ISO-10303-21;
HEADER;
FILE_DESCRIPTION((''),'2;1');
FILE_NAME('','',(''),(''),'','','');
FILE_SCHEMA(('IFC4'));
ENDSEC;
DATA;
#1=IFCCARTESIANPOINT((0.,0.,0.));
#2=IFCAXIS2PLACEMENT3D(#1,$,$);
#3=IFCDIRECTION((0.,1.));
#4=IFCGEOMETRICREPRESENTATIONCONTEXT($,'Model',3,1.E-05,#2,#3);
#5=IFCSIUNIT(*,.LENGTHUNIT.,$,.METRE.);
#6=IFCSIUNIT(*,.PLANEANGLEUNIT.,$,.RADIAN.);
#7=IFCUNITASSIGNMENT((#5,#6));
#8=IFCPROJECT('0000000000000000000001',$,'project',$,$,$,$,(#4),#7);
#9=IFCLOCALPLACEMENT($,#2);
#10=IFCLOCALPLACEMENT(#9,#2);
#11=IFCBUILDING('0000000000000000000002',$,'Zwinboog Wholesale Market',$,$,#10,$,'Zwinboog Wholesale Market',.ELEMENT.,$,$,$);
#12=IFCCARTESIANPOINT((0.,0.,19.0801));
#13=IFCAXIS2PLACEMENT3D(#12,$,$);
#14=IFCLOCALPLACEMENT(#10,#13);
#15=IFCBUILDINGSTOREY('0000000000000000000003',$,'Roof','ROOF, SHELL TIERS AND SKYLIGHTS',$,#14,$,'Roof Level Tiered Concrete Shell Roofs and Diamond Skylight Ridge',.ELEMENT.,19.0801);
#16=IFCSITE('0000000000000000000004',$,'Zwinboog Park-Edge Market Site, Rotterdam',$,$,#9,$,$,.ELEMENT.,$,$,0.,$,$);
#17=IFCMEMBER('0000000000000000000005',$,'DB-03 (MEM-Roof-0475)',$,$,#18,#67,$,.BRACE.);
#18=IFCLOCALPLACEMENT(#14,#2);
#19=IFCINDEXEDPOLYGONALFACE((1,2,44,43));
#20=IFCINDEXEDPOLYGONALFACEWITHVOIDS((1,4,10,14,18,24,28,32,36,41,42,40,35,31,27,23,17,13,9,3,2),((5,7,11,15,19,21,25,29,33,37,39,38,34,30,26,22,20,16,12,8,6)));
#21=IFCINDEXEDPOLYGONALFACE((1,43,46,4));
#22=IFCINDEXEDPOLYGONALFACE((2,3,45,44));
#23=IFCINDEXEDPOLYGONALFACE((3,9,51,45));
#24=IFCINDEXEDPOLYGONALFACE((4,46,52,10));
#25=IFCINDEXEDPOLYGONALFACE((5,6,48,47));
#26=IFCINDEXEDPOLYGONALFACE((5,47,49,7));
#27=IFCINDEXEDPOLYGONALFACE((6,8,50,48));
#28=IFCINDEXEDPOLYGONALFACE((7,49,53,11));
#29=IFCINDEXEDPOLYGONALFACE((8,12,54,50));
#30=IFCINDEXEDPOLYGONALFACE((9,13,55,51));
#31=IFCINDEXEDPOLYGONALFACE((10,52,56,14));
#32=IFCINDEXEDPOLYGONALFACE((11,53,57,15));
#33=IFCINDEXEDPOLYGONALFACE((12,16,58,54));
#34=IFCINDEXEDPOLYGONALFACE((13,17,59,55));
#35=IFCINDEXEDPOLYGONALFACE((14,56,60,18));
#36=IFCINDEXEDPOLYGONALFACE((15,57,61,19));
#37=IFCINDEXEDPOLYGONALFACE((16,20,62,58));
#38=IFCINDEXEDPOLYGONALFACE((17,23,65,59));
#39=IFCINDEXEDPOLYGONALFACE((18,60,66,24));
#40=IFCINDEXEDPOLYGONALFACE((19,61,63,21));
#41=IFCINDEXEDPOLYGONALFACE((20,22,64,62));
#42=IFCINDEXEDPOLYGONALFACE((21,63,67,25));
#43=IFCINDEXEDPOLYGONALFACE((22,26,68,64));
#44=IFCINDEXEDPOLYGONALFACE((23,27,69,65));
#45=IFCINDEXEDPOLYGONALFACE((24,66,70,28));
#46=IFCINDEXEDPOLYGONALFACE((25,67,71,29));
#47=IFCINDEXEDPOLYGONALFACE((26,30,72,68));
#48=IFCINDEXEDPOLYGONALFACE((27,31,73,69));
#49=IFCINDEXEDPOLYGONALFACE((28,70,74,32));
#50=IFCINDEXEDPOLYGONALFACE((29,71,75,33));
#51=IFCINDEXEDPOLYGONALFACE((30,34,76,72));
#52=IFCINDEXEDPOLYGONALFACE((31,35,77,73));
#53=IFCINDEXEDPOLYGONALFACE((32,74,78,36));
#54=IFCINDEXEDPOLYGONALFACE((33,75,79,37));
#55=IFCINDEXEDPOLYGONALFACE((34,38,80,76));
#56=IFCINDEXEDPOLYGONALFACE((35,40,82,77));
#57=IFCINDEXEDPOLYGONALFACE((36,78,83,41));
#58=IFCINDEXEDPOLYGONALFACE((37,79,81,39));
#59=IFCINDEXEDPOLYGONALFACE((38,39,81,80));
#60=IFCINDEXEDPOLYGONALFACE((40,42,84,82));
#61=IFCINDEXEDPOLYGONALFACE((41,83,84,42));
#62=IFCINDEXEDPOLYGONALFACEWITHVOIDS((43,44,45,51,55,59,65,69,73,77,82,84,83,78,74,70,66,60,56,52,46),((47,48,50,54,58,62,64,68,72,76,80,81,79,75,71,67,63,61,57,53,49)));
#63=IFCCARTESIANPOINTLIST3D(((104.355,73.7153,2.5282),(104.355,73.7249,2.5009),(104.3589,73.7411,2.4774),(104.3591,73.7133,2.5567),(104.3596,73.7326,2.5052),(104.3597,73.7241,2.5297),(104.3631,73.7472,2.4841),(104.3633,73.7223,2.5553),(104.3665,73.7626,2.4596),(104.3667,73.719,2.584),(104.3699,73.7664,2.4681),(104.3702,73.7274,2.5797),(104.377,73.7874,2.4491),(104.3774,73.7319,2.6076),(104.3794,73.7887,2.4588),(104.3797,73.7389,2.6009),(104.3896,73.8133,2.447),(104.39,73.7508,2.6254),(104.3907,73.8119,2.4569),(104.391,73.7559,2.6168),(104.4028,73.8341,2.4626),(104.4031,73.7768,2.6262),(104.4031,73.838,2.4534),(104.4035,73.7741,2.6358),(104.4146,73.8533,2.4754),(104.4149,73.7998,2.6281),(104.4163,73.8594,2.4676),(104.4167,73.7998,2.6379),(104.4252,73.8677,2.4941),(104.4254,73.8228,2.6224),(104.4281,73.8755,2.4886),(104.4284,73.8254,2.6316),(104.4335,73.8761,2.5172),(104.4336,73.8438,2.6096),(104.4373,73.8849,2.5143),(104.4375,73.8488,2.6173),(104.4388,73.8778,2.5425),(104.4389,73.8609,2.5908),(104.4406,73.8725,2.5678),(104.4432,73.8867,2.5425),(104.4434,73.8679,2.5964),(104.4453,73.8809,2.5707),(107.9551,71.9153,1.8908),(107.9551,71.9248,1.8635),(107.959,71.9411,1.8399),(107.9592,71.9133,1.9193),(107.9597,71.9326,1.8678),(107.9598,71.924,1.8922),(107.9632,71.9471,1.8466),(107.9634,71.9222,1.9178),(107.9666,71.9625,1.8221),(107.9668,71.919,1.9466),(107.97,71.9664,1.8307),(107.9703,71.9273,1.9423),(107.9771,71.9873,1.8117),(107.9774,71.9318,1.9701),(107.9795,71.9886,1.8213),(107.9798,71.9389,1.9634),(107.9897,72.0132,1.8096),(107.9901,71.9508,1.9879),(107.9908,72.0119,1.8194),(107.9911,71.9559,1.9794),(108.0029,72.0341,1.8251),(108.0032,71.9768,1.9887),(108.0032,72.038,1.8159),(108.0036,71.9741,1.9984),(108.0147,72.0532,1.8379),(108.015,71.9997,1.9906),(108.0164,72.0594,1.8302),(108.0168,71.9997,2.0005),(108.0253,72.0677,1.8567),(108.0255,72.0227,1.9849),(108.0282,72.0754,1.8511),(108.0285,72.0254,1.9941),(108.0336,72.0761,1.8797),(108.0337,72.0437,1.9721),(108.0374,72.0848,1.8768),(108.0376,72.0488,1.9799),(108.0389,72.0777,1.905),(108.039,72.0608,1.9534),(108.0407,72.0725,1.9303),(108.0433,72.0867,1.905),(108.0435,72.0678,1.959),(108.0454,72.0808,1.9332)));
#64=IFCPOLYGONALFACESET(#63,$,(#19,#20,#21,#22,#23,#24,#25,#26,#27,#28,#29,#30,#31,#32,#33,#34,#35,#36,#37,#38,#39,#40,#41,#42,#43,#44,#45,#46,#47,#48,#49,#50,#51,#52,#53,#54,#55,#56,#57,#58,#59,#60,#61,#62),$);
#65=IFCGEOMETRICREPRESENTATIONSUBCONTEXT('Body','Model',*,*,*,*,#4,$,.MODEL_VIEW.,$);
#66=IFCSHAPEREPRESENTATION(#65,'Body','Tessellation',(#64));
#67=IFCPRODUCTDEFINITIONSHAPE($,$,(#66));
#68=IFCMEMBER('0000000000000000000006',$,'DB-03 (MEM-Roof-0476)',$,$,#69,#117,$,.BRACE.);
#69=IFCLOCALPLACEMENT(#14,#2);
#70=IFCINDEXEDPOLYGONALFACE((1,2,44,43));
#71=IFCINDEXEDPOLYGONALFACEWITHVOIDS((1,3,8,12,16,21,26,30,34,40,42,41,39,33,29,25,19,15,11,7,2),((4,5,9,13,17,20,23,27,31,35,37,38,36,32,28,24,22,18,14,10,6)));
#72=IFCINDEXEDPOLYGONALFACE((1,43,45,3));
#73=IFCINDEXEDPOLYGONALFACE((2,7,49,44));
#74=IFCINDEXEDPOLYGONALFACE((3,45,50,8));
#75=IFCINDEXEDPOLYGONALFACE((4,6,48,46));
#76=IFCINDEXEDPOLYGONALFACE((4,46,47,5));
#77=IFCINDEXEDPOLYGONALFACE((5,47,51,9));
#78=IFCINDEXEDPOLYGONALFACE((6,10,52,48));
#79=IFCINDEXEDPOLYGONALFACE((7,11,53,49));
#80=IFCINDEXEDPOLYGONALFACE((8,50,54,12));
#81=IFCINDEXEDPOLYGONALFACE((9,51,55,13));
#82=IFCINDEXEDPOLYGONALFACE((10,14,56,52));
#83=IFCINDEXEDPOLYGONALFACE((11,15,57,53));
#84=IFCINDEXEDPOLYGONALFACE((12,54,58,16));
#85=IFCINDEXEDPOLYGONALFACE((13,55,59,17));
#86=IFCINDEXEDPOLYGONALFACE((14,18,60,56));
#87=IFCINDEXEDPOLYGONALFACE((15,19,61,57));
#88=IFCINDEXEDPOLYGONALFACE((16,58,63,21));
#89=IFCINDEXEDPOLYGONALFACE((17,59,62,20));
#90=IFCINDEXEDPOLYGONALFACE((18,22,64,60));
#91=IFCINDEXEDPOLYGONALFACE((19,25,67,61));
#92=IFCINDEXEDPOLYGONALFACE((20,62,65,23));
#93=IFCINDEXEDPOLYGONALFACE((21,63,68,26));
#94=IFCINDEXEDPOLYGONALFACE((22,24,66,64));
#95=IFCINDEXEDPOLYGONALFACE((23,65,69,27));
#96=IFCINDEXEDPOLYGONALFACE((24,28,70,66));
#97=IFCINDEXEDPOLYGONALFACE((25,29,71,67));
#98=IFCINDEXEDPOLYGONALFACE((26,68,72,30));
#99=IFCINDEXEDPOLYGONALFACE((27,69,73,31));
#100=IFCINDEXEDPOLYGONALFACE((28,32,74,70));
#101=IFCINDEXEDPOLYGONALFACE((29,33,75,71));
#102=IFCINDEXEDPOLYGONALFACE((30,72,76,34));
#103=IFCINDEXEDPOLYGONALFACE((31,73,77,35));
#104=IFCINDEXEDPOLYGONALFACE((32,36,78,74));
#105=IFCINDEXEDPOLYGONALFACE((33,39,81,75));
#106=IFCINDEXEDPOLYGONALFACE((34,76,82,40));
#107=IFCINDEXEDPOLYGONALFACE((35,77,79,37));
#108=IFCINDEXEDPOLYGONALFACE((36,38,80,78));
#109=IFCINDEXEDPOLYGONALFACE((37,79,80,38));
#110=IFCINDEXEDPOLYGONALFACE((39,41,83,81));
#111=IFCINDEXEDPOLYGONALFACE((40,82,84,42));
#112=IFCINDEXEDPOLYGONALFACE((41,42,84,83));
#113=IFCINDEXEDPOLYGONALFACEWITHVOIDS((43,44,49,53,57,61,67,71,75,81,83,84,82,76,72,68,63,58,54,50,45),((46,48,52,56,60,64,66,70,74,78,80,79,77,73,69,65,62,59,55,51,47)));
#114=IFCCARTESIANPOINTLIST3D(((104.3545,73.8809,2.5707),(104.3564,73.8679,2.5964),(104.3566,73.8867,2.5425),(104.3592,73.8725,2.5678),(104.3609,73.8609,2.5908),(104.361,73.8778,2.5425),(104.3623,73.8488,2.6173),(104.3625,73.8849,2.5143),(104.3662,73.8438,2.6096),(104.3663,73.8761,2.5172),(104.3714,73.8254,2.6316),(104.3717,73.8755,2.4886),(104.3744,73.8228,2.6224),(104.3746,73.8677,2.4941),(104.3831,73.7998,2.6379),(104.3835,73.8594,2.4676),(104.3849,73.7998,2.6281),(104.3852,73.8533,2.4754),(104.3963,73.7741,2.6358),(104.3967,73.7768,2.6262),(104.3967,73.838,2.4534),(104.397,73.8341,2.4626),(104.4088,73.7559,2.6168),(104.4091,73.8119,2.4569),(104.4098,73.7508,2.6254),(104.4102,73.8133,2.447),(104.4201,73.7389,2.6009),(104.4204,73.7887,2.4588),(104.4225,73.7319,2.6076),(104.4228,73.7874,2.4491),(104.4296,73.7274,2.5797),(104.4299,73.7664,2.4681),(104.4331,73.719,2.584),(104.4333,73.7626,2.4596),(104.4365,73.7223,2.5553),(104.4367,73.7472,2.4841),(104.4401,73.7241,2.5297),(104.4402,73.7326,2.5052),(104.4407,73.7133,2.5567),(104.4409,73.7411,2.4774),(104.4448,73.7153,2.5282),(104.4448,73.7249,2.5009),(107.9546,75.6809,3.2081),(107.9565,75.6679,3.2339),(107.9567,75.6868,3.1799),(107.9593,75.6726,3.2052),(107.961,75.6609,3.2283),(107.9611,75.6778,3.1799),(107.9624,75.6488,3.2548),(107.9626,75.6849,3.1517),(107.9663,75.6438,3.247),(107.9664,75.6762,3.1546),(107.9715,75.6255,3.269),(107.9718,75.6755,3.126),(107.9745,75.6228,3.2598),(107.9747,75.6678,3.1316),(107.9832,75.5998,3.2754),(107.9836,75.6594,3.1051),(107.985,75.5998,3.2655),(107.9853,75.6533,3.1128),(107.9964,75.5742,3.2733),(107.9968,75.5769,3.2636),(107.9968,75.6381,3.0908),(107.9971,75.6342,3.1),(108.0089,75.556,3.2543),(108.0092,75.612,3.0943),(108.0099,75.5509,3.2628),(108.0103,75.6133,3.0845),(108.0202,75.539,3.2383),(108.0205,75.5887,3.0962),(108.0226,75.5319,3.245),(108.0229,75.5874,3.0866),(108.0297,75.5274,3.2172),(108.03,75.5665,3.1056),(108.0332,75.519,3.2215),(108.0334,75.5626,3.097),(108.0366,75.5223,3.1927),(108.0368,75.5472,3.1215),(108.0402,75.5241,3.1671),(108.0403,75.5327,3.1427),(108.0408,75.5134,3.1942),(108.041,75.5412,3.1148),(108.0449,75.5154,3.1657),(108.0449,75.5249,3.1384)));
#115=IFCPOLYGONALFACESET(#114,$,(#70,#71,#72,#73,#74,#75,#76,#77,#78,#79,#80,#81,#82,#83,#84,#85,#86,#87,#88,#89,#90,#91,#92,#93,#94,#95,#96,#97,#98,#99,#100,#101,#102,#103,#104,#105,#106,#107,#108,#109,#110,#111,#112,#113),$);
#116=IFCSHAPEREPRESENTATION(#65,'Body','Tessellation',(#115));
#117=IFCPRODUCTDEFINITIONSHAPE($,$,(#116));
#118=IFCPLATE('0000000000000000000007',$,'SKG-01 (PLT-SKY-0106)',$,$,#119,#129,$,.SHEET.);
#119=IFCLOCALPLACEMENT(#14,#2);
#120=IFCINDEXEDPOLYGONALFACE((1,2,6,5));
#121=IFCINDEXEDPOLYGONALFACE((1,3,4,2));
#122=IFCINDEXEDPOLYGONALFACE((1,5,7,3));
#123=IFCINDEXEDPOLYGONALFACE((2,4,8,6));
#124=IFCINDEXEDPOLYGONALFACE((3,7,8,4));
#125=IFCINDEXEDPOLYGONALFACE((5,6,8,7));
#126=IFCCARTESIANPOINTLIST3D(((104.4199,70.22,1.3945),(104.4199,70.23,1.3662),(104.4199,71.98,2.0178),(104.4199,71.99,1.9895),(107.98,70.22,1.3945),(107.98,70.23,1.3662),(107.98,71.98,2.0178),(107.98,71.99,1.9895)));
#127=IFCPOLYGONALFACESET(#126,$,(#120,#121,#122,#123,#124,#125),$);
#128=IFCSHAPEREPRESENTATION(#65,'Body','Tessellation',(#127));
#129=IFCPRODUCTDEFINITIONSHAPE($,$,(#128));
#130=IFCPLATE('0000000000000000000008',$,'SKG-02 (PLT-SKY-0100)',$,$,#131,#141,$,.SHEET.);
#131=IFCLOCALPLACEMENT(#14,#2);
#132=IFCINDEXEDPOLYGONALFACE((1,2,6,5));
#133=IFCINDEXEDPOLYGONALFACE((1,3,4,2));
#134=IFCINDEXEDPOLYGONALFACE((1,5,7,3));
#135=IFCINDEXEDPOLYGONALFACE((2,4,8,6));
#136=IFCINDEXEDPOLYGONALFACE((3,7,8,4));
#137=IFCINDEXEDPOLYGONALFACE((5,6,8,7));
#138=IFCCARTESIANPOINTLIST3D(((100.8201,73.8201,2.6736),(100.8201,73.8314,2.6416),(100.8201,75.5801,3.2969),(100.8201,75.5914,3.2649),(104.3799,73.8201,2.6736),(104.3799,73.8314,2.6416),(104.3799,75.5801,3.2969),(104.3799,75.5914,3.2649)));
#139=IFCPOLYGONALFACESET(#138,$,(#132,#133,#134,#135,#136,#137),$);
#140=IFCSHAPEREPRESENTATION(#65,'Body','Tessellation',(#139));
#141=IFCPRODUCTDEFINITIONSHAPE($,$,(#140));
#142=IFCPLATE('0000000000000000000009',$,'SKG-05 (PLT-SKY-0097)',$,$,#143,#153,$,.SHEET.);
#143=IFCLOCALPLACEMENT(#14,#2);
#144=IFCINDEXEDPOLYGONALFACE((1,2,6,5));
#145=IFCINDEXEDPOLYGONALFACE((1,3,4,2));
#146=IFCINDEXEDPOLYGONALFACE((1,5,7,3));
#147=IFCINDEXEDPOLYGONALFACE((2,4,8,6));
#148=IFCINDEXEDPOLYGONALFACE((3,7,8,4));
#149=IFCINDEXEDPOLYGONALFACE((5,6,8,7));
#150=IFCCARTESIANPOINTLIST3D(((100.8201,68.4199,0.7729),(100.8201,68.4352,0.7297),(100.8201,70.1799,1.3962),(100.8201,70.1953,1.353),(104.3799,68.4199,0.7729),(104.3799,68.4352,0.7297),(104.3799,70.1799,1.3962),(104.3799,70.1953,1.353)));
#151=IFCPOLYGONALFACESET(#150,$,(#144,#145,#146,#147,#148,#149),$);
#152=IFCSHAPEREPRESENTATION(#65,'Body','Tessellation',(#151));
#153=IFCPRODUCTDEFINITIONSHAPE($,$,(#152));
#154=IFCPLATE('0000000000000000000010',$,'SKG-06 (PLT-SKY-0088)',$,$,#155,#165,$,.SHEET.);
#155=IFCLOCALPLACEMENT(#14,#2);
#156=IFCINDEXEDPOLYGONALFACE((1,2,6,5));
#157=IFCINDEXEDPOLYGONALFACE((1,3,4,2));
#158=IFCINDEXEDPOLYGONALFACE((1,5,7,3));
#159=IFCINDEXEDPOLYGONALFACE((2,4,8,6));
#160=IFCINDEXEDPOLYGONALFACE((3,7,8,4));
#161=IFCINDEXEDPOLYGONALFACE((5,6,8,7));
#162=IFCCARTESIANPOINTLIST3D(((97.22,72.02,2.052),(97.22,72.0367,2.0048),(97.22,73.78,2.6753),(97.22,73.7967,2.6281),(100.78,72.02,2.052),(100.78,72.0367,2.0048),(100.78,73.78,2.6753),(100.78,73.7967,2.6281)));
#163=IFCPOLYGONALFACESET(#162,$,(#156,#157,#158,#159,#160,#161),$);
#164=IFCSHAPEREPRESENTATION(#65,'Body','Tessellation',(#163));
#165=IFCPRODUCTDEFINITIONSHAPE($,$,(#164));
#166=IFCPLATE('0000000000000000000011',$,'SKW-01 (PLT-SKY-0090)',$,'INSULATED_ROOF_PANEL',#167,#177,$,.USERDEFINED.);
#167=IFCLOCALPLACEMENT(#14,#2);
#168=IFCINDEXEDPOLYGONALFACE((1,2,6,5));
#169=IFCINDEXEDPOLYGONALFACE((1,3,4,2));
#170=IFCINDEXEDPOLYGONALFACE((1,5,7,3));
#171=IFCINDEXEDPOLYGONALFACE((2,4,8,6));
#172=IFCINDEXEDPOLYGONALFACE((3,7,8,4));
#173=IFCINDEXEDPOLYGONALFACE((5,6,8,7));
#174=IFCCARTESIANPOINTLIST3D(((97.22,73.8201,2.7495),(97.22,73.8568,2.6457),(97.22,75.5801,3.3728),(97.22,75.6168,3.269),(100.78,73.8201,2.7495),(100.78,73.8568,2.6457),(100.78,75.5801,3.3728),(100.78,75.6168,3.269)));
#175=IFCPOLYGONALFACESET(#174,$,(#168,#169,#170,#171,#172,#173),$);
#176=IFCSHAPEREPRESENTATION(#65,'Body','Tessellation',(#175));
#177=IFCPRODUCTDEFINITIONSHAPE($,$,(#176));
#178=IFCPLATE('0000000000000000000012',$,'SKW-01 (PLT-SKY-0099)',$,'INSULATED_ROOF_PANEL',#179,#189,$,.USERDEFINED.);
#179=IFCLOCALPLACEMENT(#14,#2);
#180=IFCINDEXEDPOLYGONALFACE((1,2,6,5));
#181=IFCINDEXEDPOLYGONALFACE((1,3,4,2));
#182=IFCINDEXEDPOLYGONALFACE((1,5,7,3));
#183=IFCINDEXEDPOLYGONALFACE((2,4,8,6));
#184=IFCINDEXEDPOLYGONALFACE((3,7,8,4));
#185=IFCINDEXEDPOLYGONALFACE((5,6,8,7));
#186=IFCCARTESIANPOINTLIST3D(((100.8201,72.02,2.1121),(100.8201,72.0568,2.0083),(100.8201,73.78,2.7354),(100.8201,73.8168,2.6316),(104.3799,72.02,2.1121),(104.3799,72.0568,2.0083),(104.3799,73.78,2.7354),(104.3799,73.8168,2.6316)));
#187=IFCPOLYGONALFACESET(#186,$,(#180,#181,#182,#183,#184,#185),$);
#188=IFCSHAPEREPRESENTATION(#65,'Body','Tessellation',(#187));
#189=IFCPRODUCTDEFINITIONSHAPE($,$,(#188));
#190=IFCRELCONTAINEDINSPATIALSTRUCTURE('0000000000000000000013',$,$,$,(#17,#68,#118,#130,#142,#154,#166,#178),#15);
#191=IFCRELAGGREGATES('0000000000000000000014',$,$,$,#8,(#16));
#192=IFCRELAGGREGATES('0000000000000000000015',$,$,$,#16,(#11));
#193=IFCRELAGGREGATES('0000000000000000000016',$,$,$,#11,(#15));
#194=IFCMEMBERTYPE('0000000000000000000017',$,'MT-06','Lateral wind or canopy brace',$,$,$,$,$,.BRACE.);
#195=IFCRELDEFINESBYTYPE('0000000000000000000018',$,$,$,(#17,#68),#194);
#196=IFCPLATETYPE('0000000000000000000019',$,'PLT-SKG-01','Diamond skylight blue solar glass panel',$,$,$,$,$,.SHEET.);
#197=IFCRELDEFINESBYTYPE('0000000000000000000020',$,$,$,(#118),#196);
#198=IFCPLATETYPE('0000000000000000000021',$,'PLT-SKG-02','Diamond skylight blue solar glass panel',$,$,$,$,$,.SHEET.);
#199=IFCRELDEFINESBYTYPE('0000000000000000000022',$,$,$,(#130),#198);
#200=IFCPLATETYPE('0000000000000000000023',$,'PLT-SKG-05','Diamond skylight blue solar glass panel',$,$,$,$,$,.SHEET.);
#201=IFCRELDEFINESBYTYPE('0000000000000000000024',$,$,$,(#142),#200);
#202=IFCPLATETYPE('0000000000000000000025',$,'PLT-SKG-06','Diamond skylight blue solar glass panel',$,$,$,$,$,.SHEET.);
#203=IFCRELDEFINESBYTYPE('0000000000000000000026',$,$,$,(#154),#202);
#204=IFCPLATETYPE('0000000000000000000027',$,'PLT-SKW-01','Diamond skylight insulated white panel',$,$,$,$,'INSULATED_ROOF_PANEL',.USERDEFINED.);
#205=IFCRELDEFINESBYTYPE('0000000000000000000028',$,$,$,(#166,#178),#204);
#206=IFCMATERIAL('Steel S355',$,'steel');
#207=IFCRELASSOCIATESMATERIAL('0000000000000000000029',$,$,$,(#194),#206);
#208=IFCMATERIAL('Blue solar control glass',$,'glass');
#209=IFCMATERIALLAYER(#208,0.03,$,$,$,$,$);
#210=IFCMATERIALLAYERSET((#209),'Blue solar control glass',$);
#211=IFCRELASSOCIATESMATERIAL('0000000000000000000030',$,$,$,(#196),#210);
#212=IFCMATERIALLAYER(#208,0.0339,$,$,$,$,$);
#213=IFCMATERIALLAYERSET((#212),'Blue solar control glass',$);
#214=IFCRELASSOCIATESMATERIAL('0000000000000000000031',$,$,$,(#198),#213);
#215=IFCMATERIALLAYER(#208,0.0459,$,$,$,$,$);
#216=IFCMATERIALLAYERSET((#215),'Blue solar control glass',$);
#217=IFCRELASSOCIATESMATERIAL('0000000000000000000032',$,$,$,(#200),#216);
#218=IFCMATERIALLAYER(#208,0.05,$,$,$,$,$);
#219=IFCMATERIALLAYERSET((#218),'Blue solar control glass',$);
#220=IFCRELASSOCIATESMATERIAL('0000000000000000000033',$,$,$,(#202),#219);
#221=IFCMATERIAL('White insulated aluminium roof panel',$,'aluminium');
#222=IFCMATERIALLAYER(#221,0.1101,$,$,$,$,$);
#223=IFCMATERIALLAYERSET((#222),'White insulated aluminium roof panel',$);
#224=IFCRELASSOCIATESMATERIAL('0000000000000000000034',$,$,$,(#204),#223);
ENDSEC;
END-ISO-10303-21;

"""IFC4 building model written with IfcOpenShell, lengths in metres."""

from ifc_helpers import new_model, si_unit, direction, frame, origin, origin_2d, place, context, subcontext, project, spatial, polyline, hollow_circle, outline, extrude, material, layer, layer_set, material_profile, profile_set, type_object, element, save


model = new_model("IFC4")

# Units and contexts
model_context = context("Model", 3, precision=1e-05, world=origin(), true_north=direction((0.0, 1.0)))
body_context = subcontext(model_context, "Body", "Model", "MODEL_VIEW")
ifc_project = project(units=[si_unit("LENGTHUNIT", "METRE"), si_unit("PLANEANGLEUNIT", "RADIAN")], contexts=[model_context])

# Site, building, storey
site_placement = place(None, origin())
site = spatial("IfcSite", under=ifc_project, at=site_placement, Name="Zwinboog Park-Edge Market Site, Rotterdam", CompositionType="ELEMENT", RefElevation=0.0)
building_placement = place(site_placement, origin())
building = spatial("IfcBuilding", under=site, at=building_placement, Name="Zwinboog Wholesale Market", LongName="Zwinboog Wholesale Market", CompositionType="ELEMENT")
storey_placement = place(building_placement, frame((0.0, 0.0, 19.0801)))
storey = spatial("IfcBuildingStorey", under=building, at=storey_placement, Name="Roof", Description="ROOF, SHELL TIERS AND SKYLIGHTS", LongName="Roof Level Tiered Concrete Shell Roofs and Diamond Skylight Ridge", CompositionType="ELEMENT", Elevation=19.0801)

# Members
ifc_material_1 = material(Name="Steel S355", Category="steel")
ifc_material_profile_1 = material_profile(ifc_material_1, hollow_circle(Radius=0.0969, WallThickness=0.01, at=origin_2d()), Name="CHS 193.7x10")
ifc_profile_set_1 = profile_set([ifc_material_profile_1], Name="Steel S355")
member_type_1 = type_object("IfcMemberType", Name="MT-06", Description="Lateral wind or canopy brace", PredefinedType="BRACE", material=ifc_profile_set_1)
for number, where, z_axis, x_axis, name in (
    (1, (104.3999, 73.8, 2.5425), (0.883417, -0.441709, -0.156422), (0.447214, 0.894427, 0.0), "DB-03 (MEM-Roof-0475)"),
    (2, (104.3999, 73.8, 2.5425), (0.883417, 0.441709, 0.156422), (-0.447214, 0.894427, 0.0), "DB-03 (MEM-Roof-0476)"),
):
    element("IfcMember", number, at=place(storey_placement, frame(where, z_axis=z_axis, x_axis=x_axis)), inside=storey, type_object=member_type_1, Name=name, PredefinedType="BRACE", context=body_context, shape_type="SweptSolid", body=[
        extrude(hollow_circle(Radius=0.0969, WallThickness=0.01, at=origin_2d()), origin(), (0.0, 0.0, 1.0), 4.0752),
    ])

# Plates
ifc_material_2 = material(Name="Blue solar control glass", Category="glass")
ifc_layer_1 = layer(ifc_material_2, 0.03)
ifc_layer_set_1 = layer_set([ifc_layer_1], Name="Blue solar control glass")
plate_type_1 = type_object("IfcPlateType", Name="PLT-SKG-01", Description="Diamond skylight blue solar glass panel", PredefinedType="SHEET", material=ifc_layer_set_1)
plate_1_placement = place(storey_placement, frame((104.4199, 70.22, 1.3945), z_axis=(0.0, -0.333825, 0.942635), x_axis=(1.0, 0.0, 0.0)))
element("IfcPlate", 3, at=plate_1_placement, inside=storey, type_object=plate_type_1, Name="SKG-01 (PLT-SKY-0106)", PredefinedType="SHEET", context=body_context, shape_type="SweptSolid", body=[
    extrude(outline(polyline([(0.0, 0.0), (3.5601, 0.0), (3.5601, 1.8671), (0.0, 1.8671), (0.0, 0.0)])), origin(), (0.0, 0.0, -1.0), 0.03),
])
ifc_layer_2 = layer(ifc_material_2, 0.0339)
ifc_layer_set_2 = layer_set([ifc_layer_2], Name="Blue solar control glass")
plate_type_2 = type_object("IfcPlateType", Name="PLT-SKG-02", Description="Diamond skylight blue solar glass panel", PredefinedType="SHEET", material=ifc_layer_set_2)
plate_2_placement = place(storey_placement, frame((100.8201, 73.8201, 2.6736), z_axis=(0.0, -0.333825, 0.942635), x_axis=(1.0, 0.0, 0.0)))
element("IfcPlate", 4, at=plate_2_placement, inside=storey, type_object=plate_type_2, Name="SKG-02 (PLT-SKY-0100)", PredefinedType="SHEET", context=body_context, shape_type="SweptSolid", body=[
    extrude(outline(polyline([(0.0, 0.0), (3.5598, 0.0), (3.5598, 1.8671), (0.0, 1.8671), (0.0, 0.0)])), origin(), (0.0, 0.0, -1.0), 0.0339),
])
ifc_layer_3 = layer(ifc_material_2, 0.0459)
ifc_layer_set_3 = layer_set([ifc_layer_3], Name="Blue solar control glass")
plate_type_3 = type_object("IfcPlateType", Name="PLT-SKG-05", Description="Diamond skylight blue solar glass panel", PredefinedType="SHEET", material=ifc_layer_set_3)
plate_3_placement = place(storey_placement, frame((100.8201, 68.4199, 0.7729), z_axis=(0.0, -0.333825, 0.942635), x_axis=(1.0, 0.0, 0.0)))
element("IfcPlate", 5, at=plate_3_placement, inside=storey, type_object=plate_type_3, Name="SKG-05 (PLT-SKY-0097)", PredefinedType="SHEET", context=body_context, shape_type="SweptSolid", body=[
    extrude(outline(polyline([(0.0, 0.0), (3.5598, 0.0), (3.5598, 1.8671), (0.0, 1.8671), (0.0, 0.0)])), origin(), (0.0, 0.0, -1.0), 0.0459),
])
ifc_layer_4 = layer(ifc_material_2, 0.05)
ifc_layer_set_4 = layer_set([ifc_layer_4], Name="Blue solar control glass")
plate_type_4 = type_object("IfcPlateType", Name="PLT-SKG-06", Description="Diamond skylight blue solar glass panel", PredefinedType="SHEET", material=ifc_layer_set_4)
plate_4_placement = place(storey_placement, frame((97.22, 72.02, 2.052), z_axis=(0.0, -0.333825, 0.942635), x_axis=(1.0, 0.0, 0.0)))
element("IfcPlate", 6, at=plate_4_placement, inside=storey, type_object=plate_type_4, Name="SKG-06 (PLT-SKY-0088)", PredefinedType="SHEET", context=body_context, shape_type="SweptSolid", body=[
    extrude(outline(polyline([(0.0, 0.0), (3.5601, 0.0), (3.5601, 1.8671), (0.0, 1.8671), (0.0, 0.0)])), origin(), (0.0, 0.0, -1.0), 0.05),
])
ifc_material_3 = material(Name="White insulated aluminium roof panel", Category="aluminium")
ifc_layer_5 = layer(ifc_material_3, 0.1101)
ifc_layer_set_5 = layer_set([ifc_layer_5], Name="White insulated aluminium roof panel")
plate_type_5 = type_object("IfcPlateType", Name="PLT-SKW-01", Description="Diamond skylight insulated white panel", ElementType="INSULATED_ROOF_PANEL", PredefinedType="USERDEFINED", material=ifc_layer_set_5)
plate_5_placement = place(storey_placement, frame((97.22, 73.8201, 2.7495), z_axis=(0.0, -0.333825, 0.942635), x_axis=(1.0, 0.0, 0.0)))
element("IfcPlate", 7, at=plate_5_placement, inside=storey, type_object=plate_type_5, Name="SKW-01 (PLT-SKY-0090)", ObjectType="INSULATED_ROOF_PANEL", PredefinedType="USERDEFINED", context=body_context, shape_type="SweptSolid", body=[
    extrude(outline(polyline([(0.0, 0.0), (3.5601, 0.0), (3.5601, 1.8671), (0.0, 1.8671), (0.0, 0.0)])), origin(), (0.0, 0.0, -1.0), 0.1101),
])
plate_6_placement = place(storey_placement, frame((100.8201, 72.02, 2.1121), z_axis=(0.0, -0.333825, 0.942635), x_axis=(1.0, 0.0, 0.0)))
element("IfcPlate", 8, at=plate_6_placement, inside=storey, type_object=plate_type_5, Name="SKW-01 (PLT-SKY-0099)", ObjectType="INSULATED_ROOF_PANEL", PredefinedType="USERDEFINED", context=body_context, shape_type="SweptSolid", body=[
    extrude(outline(polyline([(0.0, 0.0), (3.5598, 0.0), (3.5598, 1.8671), (0.0, 1.8671), (0.0, 0.0)])), origin(), (0.0, 0.0, -1.0), 0.1101),
])

save(model, "model.ifc")
